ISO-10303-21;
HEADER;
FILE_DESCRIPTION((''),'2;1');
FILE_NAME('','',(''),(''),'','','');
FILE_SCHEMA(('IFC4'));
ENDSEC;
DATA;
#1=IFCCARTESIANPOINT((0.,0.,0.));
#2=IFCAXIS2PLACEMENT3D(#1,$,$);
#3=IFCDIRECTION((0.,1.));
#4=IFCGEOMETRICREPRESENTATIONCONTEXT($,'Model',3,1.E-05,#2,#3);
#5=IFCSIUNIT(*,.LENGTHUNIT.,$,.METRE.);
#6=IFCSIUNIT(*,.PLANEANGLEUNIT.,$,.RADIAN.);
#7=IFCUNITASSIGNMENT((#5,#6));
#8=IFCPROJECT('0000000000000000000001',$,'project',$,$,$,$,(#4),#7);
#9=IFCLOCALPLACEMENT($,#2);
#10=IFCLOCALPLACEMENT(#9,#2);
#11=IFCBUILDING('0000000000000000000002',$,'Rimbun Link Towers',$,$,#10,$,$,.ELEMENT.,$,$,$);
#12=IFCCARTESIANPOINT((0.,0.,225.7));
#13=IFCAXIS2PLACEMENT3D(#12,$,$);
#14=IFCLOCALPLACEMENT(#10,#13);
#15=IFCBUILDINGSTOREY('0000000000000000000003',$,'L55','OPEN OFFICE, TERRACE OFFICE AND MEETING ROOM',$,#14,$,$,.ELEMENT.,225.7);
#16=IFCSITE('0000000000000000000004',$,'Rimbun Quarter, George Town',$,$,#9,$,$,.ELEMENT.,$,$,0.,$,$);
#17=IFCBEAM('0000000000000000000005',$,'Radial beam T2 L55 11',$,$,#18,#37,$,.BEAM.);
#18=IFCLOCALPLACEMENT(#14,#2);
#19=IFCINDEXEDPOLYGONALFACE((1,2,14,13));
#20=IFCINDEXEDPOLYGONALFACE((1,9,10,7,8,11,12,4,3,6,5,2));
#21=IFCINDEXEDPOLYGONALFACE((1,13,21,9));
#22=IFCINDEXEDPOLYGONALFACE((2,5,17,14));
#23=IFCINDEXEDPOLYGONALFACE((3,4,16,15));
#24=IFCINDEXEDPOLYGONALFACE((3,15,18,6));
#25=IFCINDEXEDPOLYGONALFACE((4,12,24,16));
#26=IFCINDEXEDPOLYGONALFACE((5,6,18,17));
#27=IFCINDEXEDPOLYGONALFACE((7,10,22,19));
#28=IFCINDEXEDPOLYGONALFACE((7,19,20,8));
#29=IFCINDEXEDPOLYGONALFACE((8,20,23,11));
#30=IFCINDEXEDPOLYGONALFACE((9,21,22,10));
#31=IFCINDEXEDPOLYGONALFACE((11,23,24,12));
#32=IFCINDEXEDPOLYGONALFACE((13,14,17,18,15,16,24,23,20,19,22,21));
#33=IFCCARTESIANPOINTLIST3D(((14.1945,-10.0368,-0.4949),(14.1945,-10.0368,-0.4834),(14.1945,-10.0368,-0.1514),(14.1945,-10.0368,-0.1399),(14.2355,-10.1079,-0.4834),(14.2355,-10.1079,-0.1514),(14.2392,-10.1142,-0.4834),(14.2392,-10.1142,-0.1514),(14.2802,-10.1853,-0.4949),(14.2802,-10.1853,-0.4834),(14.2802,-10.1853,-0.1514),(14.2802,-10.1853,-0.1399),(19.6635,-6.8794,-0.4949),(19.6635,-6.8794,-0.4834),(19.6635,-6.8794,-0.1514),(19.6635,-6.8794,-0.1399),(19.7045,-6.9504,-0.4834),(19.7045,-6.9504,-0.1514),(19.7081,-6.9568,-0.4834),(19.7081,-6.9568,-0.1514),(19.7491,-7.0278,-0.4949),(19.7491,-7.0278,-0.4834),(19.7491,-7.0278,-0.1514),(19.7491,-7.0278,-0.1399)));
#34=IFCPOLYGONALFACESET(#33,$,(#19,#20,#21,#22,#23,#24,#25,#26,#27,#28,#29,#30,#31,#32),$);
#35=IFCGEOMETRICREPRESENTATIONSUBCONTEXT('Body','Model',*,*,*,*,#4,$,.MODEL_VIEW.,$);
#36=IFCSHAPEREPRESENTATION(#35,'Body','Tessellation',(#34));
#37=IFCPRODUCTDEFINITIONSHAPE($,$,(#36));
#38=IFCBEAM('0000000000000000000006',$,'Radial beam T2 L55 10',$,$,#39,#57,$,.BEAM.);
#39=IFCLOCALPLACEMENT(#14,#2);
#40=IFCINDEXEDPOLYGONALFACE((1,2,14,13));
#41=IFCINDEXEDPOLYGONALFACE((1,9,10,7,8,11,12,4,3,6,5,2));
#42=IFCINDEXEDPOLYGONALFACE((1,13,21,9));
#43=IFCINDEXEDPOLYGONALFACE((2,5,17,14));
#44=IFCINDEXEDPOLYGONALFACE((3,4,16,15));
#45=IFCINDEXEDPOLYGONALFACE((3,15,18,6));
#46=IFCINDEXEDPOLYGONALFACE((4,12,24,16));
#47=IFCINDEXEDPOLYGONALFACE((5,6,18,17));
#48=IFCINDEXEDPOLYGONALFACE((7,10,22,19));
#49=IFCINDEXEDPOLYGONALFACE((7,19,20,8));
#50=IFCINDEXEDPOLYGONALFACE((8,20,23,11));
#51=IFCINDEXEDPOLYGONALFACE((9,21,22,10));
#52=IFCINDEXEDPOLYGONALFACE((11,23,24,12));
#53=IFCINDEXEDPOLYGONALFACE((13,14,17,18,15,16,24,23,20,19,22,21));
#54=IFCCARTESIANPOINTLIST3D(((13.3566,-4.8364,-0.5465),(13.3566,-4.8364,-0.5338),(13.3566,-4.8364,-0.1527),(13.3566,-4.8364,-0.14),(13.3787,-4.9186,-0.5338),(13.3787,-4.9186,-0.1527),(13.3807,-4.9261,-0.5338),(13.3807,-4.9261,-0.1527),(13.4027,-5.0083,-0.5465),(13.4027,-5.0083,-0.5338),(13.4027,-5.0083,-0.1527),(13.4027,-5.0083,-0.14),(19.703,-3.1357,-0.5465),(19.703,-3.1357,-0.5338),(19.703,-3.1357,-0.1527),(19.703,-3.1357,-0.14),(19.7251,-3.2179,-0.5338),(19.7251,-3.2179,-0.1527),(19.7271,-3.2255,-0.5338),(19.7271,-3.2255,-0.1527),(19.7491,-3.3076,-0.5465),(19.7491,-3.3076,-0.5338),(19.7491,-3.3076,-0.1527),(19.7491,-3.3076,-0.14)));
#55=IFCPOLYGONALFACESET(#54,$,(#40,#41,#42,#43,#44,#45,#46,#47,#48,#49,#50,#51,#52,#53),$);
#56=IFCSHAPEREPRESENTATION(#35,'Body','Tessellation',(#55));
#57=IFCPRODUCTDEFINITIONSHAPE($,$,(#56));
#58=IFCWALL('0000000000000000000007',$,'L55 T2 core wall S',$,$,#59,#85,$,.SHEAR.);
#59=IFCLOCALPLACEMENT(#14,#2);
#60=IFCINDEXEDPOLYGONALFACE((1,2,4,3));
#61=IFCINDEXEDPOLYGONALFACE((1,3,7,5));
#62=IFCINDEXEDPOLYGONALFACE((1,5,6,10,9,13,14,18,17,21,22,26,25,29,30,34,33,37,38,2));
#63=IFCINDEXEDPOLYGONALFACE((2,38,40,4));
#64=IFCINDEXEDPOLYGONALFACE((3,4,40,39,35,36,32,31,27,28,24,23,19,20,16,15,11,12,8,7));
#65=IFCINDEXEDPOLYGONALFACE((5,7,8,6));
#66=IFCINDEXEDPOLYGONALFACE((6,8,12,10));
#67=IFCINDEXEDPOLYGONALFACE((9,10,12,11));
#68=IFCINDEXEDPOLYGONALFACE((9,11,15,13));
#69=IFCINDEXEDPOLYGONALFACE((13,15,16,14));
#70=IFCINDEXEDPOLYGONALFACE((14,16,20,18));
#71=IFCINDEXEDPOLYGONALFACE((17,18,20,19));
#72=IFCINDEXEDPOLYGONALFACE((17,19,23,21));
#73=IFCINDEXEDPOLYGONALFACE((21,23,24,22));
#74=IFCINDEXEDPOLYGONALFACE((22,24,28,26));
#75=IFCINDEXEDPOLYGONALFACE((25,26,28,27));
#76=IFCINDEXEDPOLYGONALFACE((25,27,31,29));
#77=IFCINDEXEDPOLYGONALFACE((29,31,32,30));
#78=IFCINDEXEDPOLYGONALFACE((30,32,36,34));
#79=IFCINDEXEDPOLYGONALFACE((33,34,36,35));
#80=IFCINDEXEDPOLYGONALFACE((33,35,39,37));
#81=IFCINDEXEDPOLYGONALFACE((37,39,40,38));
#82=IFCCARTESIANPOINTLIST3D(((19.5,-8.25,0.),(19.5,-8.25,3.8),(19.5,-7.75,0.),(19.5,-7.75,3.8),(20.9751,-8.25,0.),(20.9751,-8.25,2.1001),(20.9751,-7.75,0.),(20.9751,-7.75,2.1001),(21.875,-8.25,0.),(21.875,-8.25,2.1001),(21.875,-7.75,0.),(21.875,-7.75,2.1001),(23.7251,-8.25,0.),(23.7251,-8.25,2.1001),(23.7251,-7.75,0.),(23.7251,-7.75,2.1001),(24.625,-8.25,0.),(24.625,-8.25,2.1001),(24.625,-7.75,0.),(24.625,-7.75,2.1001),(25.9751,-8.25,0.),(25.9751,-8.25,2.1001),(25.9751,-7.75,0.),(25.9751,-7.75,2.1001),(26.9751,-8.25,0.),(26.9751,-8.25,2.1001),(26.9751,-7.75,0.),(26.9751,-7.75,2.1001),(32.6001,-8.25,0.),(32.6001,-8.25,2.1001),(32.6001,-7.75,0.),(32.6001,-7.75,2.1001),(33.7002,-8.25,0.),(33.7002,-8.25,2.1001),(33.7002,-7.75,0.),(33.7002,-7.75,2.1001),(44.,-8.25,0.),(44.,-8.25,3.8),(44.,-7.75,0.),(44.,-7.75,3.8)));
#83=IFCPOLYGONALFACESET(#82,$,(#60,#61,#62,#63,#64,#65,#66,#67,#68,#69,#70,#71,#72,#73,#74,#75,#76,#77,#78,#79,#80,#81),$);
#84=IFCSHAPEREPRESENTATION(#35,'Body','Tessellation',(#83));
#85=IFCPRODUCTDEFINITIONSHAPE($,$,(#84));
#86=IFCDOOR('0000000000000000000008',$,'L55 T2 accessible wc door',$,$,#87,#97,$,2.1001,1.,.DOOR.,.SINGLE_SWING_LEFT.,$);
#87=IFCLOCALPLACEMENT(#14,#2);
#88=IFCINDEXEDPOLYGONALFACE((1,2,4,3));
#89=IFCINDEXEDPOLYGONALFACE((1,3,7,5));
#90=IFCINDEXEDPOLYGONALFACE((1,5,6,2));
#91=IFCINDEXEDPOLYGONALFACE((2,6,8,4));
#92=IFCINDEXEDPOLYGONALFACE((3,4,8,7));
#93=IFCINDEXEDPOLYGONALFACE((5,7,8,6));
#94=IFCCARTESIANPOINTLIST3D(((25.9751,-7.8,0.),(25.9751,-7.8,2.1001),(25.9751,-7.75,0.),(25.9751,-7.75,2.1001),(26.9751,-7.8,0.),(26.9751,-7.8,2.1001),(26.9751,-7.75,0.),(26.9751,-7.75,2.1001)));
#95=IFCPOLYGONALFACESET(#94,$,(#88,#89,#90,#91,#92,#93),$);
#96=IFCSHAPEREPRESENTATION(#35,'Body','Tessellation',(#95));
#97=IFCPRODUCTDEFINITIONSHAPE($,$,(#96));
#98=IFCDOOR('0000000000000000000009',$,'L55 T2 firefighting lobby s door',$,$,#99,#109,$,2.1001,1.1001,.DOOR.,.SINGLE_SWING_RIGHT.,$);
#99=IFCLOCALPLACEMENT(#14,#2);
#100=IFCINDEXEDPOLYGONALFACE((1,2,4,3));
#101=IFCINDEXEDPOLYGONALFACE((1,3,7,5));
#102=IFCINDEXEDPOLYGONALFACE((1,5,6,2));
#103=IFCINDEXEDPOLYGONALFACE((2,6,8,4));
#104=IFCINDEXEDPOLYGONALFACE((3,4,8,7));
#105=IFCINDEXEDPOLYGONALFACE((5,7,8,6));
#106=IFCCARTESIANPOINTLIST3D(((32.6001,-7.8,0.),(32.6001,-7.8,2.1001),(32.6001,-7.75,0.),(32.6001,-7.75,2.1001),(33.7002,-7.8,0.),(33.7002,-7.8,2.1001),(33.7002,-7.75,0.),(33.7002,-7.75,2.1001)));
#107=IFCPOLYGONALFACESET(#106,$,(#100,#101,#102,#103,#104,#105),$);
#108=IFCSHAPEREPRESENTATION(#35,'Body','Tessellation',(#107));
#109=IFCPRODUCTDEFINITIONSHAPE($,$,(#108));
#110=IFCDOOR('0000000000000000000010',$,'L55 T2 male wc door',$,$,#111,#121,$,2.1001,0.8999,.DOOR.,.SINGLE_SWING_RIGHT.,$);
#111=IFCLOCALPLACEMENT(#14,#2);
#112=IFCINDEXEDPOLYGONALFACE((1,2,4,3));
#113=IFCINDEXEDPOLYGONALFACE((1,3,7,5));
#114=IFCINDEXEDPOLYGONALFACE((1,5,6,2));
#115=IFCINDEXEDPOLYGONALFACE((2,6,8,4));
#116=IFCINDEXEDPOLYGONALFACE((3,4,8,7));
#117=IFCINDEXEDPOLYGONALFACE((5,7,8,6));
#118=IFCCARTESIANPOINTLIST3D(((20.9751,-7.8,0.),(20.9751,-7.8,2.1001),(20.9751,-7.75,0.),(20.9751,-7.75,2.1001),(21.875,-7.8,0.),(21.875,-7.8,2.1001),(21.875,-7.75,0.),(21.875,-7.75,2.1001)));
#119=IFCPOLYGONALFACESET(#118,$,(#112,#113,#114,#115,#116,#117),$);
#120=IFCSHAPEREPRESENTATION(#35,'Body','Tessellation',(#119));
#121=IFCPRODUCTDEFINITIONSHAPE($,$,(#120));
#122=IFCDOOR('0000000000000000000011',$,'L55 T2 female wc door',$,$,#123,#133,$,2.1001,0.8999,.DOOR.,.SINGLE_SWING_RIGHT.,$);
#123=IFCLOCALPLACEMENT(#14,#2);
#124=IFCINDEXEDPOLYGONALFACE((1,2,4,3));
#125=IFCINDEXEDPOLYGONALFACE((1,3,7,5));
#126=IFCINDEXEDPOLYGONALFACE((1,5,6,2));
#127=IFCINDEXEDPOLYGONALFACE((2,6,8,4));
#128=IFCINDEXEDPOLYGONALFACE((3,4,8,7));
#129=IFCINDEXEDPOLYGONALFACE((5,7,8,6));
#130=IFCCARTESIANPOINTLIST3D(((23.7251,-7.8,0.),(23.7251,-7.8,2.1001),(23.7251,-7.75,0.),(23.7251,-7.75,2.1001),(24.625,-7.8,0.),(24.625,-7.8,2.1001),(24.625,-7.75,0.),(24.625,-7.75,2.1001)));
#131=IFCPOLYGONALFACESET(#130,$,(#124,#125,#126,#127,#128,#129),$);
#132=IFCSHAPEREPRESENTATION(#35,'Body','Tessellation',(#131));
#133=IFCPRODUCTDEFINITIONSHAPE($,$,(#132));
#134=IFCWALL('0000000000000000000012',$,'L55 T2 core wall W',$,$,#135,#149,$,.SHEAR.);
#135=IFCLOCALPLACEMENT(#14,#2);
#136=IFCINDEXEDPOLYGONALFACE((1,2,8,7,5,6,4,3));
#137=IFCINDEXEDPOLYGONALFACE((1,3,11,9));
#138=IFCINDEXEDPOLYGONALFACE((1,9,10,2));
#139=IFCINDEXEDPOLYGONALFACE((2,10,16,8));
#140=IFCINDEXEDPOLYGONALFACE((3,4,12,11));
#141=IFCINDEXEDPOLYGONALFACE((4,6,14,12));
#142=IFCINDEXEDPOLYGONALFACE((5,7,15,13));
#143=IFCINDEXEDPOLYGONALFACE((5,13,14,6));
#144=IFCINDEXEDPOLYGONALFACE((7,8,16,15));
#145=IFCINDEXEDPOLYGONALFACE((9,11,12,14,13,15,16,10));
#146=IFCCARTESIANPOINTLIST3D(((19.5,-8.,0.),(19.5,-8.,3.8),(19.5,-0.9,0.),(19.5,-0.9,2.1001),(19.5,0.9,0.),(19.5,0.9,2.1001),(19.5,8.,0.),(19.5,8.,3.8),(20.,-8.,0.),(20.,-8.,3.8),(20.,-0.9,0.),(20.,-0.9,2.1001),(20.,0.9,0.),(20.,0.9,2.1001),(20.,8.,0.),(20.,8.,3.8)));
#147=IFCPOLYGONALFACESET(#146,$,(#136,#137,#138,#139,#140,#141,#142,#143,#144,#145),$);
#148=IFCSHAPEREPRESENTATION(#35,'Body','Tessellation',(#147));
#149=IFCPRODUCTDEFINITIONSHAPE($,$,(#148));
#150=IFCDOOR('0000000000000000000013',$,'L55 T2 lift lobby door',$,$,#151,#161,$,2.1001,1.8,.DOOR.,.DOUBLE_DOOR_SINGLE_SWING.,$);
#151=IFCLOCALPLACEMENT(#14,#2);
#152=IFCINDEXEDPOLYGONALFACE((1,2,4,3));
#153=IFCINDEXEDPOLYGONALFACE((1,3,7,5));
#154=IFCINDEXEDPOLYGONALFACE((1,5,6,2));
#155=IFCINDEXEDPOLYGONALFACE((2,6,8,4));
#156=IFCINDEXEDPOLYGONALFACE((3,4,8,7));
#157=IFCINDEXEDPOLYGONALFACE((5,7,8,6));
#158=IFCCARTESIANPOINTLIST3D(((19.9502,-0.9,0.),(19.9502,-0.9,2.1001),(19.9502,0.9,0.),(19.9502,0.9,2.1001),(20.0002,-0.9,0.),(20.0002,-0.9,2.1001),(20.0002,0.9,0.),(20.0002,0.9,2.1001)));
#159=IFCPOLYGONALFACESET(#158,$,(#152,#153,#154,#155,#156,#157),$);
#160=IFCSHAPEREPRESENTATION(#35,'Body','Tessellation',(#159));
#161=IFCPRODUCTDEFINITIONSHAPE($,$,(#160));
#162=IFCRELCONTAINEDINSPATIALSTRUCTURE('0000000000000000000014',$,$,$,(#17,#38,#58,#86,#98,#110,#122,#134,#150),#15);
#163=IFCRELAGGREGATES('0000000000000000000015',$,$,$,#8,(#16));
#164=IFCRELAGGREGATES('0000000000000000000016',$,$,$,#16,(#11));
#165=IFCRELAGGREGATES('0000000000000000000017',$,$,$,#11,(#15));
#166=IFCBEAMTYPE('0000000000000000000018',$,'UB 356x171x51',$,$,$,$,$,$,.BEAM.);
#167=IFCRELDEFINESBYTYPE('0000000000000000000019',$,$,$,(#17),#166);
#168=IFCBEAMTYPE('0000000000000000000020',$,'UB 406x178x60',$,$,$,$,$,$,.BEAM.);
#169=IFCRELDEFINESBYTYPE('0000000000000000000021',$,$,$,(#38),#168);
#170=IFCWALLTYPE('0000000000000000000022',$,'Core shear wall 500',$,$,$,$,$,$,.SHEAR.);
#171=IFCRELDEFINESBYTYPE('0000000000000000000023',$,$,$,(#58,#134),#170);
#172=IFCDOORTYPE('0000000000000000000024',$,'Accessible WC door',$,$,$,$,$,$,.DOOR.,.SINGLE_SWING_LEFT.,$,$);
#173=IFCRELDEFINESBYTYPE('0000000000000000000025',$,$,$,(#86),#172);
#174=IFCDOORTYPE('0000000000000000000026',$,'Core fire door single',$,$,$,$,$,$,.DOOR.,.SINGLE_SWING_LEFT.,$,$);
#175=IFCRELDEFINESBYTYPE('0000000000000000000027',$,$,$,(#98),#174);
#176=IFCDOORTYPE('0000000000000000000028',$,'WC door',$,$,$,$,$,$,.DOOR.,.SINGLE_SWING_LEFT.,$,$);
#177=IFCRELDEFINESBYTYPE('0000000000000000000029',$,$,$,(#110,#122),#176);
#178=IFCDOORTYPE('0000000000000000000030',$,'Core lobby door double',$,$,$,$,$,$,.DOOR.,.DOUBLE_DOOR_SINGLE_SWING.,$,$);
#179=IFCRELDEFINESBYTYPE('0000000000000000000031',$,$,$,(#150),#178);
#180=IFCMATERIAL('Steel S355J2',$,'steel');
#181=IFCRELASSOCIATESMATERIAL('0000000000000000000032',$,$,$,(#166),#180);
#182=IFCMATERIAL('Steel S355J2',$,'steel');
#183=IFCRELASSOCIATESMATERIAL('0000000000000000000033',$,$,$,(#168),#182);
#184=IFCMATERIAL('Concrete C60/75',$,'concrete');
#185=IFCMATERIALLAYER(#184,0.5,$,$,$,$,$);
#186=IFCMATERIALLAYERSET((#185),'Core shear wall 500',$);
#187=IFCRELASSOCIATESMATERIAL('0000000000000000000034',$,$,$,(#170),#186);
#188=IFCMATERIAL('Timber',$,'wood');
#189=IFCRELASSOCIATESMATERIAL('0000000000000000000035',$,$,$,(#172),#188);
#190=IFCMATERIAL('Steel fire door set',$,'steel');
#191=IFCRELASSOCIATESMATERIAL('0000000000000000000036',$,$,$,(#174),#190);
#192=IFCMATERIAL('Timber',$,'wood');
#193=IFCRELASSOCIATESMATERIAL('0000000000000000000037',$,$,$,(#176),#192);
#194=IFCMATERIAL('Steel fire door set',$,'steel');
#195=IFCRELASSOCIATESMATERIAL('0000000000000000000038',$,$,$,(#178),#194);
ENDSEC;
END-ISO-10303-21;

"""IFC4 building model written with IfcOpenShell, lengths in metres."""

from ifc_helpers import new_model, si_unit, direction, frame, frame_2d, origin, origin_2d, place, context, subcontext, project, spatial, rectangle, i_section, extrude, material, layer, layer_set, material_profile, profile_set, type_object, element, fill, save


model = new_model("IFC4")

# Units and contexts
model_context = context("Model", 3, precision=1e-05, world=origin(), true_north=direction((0.0, 1.0)))
body_context = subcontext(model_context, "Body", "Model", "MODEL_VIEW")
ifc_project = project(units=[si_unit("LENGTHUNIT", "METRE"), si_unit("PLANEANGLEUNIT", "RADIAN")], contexts=[model_context])

# Site, building, storey
site_placement = place(None, origin())
site = spatial("IfcSite", under=ifc_project, at=site_placement, Name="Rimbun Quarter, George Town", CompositionType="ELEMENT", RefElevation=0.0)
building_placement = place(site_placement, origin())
building = spatial("IfcBuilding", under=site, at=building_placement, Name="Rimbun Link Towers", CompositionType="ELEMENT")
storey_placement = place(building_placement, frame((0.0, 0.0, 225.7)))
storey = spatial("IfcBuildingStorey", under=building, at=storey_placement, Name="L55", Description="OPEN OFFICE, TERRACE OFFICE AND MEETING ROOM", CompositionType="ELEMENT", Elevation=225.7)

# Beams
ifc_material_1 = material(Name="Steel S355J2", Category="steel")
ifc_material_profile_1 = material_profile(ifc_material_1, i_section(OverallWidth=0.1714, OverallDepth=0.355, WebThickness=0.0073, FlangeThickness=0.0115, at=origin_2d()), Name="UB 356x171x51")
ifc_profile_set_1 = profile_set([ifc_material_profile_1], Name="Steel S355J2")
beam_type_1 = type_object("IfcBeamType", Name="UB 356x171x51", PredefinedType="BEAM", material=ifc_profile_set_1)
beam_1_placement = place(storey_placement, frame((19.7063, -6.9536, -0.3174), z_axis=(-0.866029, -0.499994, 0.0), x_axis=(0.499994, -0.866029, 0.0)))
element("IfcBeam", 1, at=beam_1_placement, inside=storey, type_object=beam_type_1, Name="Radial beam T2 L55 11", PredefinedType="BEAM", context=body_context, shape_type="SweptSolid", body=[
    extrude(i_section(OverallWidth=0.1714, OverallDepth=0.355, WebThickness=0.0073, FlangeThickness=0.0115, at=origin_2d()), origin(), (0.0, 0.0, 1.0), 6.3149),
])
ifc_material_2 = material(Name="Steel S355J2", Category="steel")
ifc_material_profile_2 = material_profile(ifc_material_2, i_section(OverallWidth=0.178, OverallDepth=0.4065, WebThickness=0.0078, FlangeThickness=0.0127, at=origin_2d()), Name="UB 406x178x60")
ifc_profile_set_2 = profile_set([ifc_material_profile_2], Name="Steel S355J2")
beam_type_2 = type_object("IfcBeamType", Name="UB 406x178x60", PredefinedType="BEAM", material=ifc_profile_set_2)
beam_2_placement = place(storey_placement, frame((19.7261, -3.2217, -0.3433), z_axis=(-0.96592, -0.258842, 0.0), x_axis=(0.258842, -0.96592, 0.0)))
element("IfcBeam", 2, at=beam_2_placement, inside=storey, type_object=beam_type_2, Name="Radial beam T2 L55 10", PredefinedType="BEAM", context=body_context, shape_type="SweptSolid", body=[
    extrude(i_section(OverallWidth=0.178, OverallDepth=0.4065, WebThickness=0.0078, FlangeThickness=0.0127, at=origin_2d()), origin(), (0.0, 0.0, 1.0), 6.5703),
])

# Wall, openings, doors
ifc_material_3 = material(Name="Concrete C60/75", Category="concrete")
ifc_layer_1 = layer(ifc_material_3, 0.5)
ifc_layer_set_1 = layer_set([ifc_layer_1], Name="Core shear wall 500")
wall_type_1 = type_object("IfcWallType", Name="Core shear wall 500", PredefinedType="SHEAR", material=ifc_layer_set_1)
wall_1_placement = place(storey_placement, frame((19.5, -8.0, 0.0), z_axis=(0.0, 0.0, 1.0), x_axis=(1.0, 0.0, 0.0)))
wall_1 = element("IfcWall", 3, at=wall_1_placement, inside=storey, type_object=wall_type_1, Name="L55 T2 core wall S", PredefinedType="SHEAR", context=body_context, shape_type="SweptSolid", body=[
    extrude(rectangle(XDim=24.5, YDim=0.5, at=frame_2d((12.25, 0.0))), origin(), (0.0, 0.0, 1.0), 3.8),
])
opening_1_placement = place(wall_1_placement, frame((13.1001, 0.0, 0.0)))
opening_1 = element("IfcOpeningElement", 4, at=opening_1_placement, cuts=wall_1, PredefinedType="OPENING", context=body_context, shape_type="SweptSolid", body=[
    extrude(rectangle(XDim=1.1001, YDim=2.1001, at=frame_2d((0.55, 1.05))), frame((0.0, 0.26, 0.0), z_axis=(0.0, -1.0, 0.0), x_axis=(1.0, 0.0, 0.0)), (0.0, 0.0, 1.0), 0.52),
])
opening_2_placement = place(wall_1_placement, frame((1.4751, 0.0, 0.0)))
opening_2 = element("IfcOpeningElement", 5, at=opening_2_placement, cuts=wall_1, PredefinedType="OPENING", context=body_context, shape_type="SweptSolid", body=[
    extrude(rectangle(XDim=0.8999, YDim=2.1001, at=frame_2d((0.45, 1.05))), frame((0.0, 0.26, 0.0), z_axis=(0.0, -1.0, 0.0), x_axis=(1.0, 0.0, 0.0)), (0.0, 0.0, 1.0), 0.52),
])
opening_3_placement = place(wall_1_placement, frame((4.2251, 0.0, 0.0)))
opening_3 = element("IfcOpeningElement", 6, at=opening_3_placement, cuts=wall_1, PredefinedType="OPENING", context=body_context, shape_type="SweptSolid", body=[
    extrude(rectangle(XDim=0.8999, YDim=2.1001, at=frame_2d((0.45, 1.05))), frame((0.0, 0.26, 0.0), z_axis=(0.0, -1.0, 0.0), x_axis=(1.0, 0.0, 0.0)), (0.0, 0.0, 1.0), 0.52),
])
opening_4_placement = place(wall_1_placement, frame((6.4751, 0.0, 0.0)))
opening_4 = element("IfcOpeningElement", 7, at=opening_4_placement, cuts=wall_1, PredefinedType="OPENING", context=body_context, shape_type="SweptSolid", body=[
    extrude(rectangle(XDim=1.0, YDim=2.1001, at=frame_2d((0.5, 1.05))), frame((0.0, 0.26, 0.0), z_axis=(0.0, -1.0, 0.0), x_axis=(1.0, 0.0, 0.0)), (0.0, 0.0, 1.0), 0.52),
])
ifc_material_4 = material(Name="Timber", Category="wood")
door_type_1 = type_object("IfcDoorType", Name="Accessible WC door", OperationType="SINGLE_SWING_LEFT", PredefinedType="DOOR", material=ifc_material_4)
door_1_placement = place(opening_4_placement, origin())
door_1 = element("IfcDoor", 8, at=door_1_placement, inside=storey, type_object=door_type_1, Name="L55 T2 accessible wc door", OperationType="SINGLE_SWING_LEFT", OverallHeight=2.1001, OverallWidth=1.0, PredefinedType="DOOR", context=body_context, shape_type="SweptSolid", body=[
    extrude(rectangle(XDim=1.0, YDim=2.1001, at=frame_2d((0.5, 1.05))), frame((0.0, 0.25, 0.0), z_axis=(0.0, -1.0, 0.0), x_axis=(1.0, 0.0, 0.0)), (0.0, 0.0, 1.0), 0.05),
])
fill(opening_4, door_1)
ifc_material_5 = material(Name="Steel fire door set", Category="steel")
door_type_2 = type_object("IfcDoorType", Name="Core fire door single", OperationType="SINGLE_SWING_LEFT", PredefinedType="DOOR", material=ifc_material_5)
door_2_placement = place(opening_1_placement, origin())
door_2 = element("IfcDoor", 9, at=door_2_placement, inside=storey, type_object=door_type_2, Name="L55 T2 firefighting lobby s door", OperationType="SINGLE_SWING_RIGHT", OverallHeight=2.1001, OverallWidth=1.1001, PredefinedType="DOOR", context=body_context, shape_type="SweptSolid", body=[
    extrude(rectangle(XDim=1.1001, YDim=2.1001, at=frame_2d((0.55, 1.05))), frame((0.0, 0.25, 0.0), z_axis=(0.0, -1.0, 0.0), x_axis=(1.0, 0.0, 0.0)), (0.0, 0.0, 1.0), 0.05),
])
fill(opening_1, door_2)
ifc_material_6 = material(Name="Timber", Category="wood")
door_type_3 = type_object("IfcDoorType", Name="WC door", OperationType="SINGLE_SWING_LEFT", PredefinedType="DOOR", material=ifc_material_6)
door_3_placement = place(opening_2_placement, origin())
door_3 = element("IfcDoor", 10, at=door_3_placement, inside=storey, type_object=door_type_3, Name="L55 T2 male wc door", OperationType="SINGLE_SWING_RIGHT", OverallHeight=2.1001, OverallWidth=0.8999, PredefinedType="DOOR", context=body_context, shape_type="SweptSolid", body=[
    extrude(rectangle(XDim=0.8999, YDim=2.1001, at=frame_2d((0.45, 1.05))), frame((0.0, 0.25, 0.0), z_axis=(0.0, -1.0, 0.0), x_axis=(1.0, 0.0, 0.0)), (0.0, 0.0, 1.0), 0.05),
])
fill(opening_2, door_3)
door_4_placement = place(opening_3_placement, origin())
door_4 = element("IfcDoor", 11, at=door_4_placement, inside=storey, type_object=door_type_3, Name="L55 T2 female wc door", OperationType="SINGLE_SWING_RIGHT", OverallHeight=2.1001, OverallWidth=0.8999, PredefinedType="DOOR", context=body_context, shape_type="SweptSolid", body=[
    extrude(rectangle(XDim=0.8999, YDim=2.1001, at=frame_2d((0.45, 1.05))), frame((0.0, 0.25, 0.0), z_axis=(0.0, -1.0, 0.0), x_axis=(1.0, 0.0, 0.0)), (0.0, 0.0, 1.0), 0.05),
])
fill(opening_3, door_4)

# Wall, opening, door
wall_2_placement = place(storey_placement, frame((19.75, -8.0, 0.0), z_axis=(0.0, 0.0, 1.0), x_axis=(0.0, 1.0, 0.0)))
wall_2 = element("IfcWall", 12, at=wall_2_placement, inside=storey, type_object=wall_type_1, Name="L55 T2 core wall W", PredefinedType="SHEAR", context=body_context, shape_type="SweptSolid", body=[
    extrude(rectangle(XDim=16.0, YDim=0.5, at=frame_2d((8.0, 0.0))), origin(), (0.0, 0.0, 1.0), 3.8),
])
opening_5_placement = place(wall_2_placement, frame((7.1001, 0.0, 0.0)))
opening_5 = element("IfcOpeningElement", 13, at=opening_5_placement, cuts=wall_2, PredefinedType="OPENING", context=body_context, shape_type="SweptSolid", body=[
    extrude(rectangle(XDim=1.8, YDim=2.1001, at=frame_2d((0.8999, 1.05))), frame((0.0, 0.26, 0.0), z_axis=(0.0, -1.0, 0.0), x_axis=(1.0, 0.0, 0.0)), (0.0, 0.0, 1.0), 0.52),
])
ifc_material_7 = material(Name="Steel fire door set", Category="steel")
door_type_4 = type_object("IfcDoorType", Name="Core lobby door double", OperationType="DOUBLE_DOOR_SINGLE_SWING", PredefinedType="DOOR", material=ifc_material_7)
door_5_placement = place(opening_5_placement, origin())
door_5 = element("IfcDoor", 14, at=door_5_placement, inside=storey, type_object=door_type_4, Name="L55 T2 lift lobby door", OperationType="DOUBLE_DOOR_SINGLE_SWING", OverallHeight=2.1001, OverallWidth=1.8, PredefinedType="DOOR", context=body_context, shape_type="SweptSolid", body=[
    extrude(rectangle(XDim=1.8, YDim=2.1001, at=frame_2d((0.8999, 1.05))), frame((0.0, -0.2002, 0.0), z_axis=(0.0, -1.0, 0.0), x_axis=(1.0, 0.0, 0.0)), (0.0, 0.0, 1.0), 0.05),
])
fill(opening_5, door_5)

save(model, "model.ifc")
